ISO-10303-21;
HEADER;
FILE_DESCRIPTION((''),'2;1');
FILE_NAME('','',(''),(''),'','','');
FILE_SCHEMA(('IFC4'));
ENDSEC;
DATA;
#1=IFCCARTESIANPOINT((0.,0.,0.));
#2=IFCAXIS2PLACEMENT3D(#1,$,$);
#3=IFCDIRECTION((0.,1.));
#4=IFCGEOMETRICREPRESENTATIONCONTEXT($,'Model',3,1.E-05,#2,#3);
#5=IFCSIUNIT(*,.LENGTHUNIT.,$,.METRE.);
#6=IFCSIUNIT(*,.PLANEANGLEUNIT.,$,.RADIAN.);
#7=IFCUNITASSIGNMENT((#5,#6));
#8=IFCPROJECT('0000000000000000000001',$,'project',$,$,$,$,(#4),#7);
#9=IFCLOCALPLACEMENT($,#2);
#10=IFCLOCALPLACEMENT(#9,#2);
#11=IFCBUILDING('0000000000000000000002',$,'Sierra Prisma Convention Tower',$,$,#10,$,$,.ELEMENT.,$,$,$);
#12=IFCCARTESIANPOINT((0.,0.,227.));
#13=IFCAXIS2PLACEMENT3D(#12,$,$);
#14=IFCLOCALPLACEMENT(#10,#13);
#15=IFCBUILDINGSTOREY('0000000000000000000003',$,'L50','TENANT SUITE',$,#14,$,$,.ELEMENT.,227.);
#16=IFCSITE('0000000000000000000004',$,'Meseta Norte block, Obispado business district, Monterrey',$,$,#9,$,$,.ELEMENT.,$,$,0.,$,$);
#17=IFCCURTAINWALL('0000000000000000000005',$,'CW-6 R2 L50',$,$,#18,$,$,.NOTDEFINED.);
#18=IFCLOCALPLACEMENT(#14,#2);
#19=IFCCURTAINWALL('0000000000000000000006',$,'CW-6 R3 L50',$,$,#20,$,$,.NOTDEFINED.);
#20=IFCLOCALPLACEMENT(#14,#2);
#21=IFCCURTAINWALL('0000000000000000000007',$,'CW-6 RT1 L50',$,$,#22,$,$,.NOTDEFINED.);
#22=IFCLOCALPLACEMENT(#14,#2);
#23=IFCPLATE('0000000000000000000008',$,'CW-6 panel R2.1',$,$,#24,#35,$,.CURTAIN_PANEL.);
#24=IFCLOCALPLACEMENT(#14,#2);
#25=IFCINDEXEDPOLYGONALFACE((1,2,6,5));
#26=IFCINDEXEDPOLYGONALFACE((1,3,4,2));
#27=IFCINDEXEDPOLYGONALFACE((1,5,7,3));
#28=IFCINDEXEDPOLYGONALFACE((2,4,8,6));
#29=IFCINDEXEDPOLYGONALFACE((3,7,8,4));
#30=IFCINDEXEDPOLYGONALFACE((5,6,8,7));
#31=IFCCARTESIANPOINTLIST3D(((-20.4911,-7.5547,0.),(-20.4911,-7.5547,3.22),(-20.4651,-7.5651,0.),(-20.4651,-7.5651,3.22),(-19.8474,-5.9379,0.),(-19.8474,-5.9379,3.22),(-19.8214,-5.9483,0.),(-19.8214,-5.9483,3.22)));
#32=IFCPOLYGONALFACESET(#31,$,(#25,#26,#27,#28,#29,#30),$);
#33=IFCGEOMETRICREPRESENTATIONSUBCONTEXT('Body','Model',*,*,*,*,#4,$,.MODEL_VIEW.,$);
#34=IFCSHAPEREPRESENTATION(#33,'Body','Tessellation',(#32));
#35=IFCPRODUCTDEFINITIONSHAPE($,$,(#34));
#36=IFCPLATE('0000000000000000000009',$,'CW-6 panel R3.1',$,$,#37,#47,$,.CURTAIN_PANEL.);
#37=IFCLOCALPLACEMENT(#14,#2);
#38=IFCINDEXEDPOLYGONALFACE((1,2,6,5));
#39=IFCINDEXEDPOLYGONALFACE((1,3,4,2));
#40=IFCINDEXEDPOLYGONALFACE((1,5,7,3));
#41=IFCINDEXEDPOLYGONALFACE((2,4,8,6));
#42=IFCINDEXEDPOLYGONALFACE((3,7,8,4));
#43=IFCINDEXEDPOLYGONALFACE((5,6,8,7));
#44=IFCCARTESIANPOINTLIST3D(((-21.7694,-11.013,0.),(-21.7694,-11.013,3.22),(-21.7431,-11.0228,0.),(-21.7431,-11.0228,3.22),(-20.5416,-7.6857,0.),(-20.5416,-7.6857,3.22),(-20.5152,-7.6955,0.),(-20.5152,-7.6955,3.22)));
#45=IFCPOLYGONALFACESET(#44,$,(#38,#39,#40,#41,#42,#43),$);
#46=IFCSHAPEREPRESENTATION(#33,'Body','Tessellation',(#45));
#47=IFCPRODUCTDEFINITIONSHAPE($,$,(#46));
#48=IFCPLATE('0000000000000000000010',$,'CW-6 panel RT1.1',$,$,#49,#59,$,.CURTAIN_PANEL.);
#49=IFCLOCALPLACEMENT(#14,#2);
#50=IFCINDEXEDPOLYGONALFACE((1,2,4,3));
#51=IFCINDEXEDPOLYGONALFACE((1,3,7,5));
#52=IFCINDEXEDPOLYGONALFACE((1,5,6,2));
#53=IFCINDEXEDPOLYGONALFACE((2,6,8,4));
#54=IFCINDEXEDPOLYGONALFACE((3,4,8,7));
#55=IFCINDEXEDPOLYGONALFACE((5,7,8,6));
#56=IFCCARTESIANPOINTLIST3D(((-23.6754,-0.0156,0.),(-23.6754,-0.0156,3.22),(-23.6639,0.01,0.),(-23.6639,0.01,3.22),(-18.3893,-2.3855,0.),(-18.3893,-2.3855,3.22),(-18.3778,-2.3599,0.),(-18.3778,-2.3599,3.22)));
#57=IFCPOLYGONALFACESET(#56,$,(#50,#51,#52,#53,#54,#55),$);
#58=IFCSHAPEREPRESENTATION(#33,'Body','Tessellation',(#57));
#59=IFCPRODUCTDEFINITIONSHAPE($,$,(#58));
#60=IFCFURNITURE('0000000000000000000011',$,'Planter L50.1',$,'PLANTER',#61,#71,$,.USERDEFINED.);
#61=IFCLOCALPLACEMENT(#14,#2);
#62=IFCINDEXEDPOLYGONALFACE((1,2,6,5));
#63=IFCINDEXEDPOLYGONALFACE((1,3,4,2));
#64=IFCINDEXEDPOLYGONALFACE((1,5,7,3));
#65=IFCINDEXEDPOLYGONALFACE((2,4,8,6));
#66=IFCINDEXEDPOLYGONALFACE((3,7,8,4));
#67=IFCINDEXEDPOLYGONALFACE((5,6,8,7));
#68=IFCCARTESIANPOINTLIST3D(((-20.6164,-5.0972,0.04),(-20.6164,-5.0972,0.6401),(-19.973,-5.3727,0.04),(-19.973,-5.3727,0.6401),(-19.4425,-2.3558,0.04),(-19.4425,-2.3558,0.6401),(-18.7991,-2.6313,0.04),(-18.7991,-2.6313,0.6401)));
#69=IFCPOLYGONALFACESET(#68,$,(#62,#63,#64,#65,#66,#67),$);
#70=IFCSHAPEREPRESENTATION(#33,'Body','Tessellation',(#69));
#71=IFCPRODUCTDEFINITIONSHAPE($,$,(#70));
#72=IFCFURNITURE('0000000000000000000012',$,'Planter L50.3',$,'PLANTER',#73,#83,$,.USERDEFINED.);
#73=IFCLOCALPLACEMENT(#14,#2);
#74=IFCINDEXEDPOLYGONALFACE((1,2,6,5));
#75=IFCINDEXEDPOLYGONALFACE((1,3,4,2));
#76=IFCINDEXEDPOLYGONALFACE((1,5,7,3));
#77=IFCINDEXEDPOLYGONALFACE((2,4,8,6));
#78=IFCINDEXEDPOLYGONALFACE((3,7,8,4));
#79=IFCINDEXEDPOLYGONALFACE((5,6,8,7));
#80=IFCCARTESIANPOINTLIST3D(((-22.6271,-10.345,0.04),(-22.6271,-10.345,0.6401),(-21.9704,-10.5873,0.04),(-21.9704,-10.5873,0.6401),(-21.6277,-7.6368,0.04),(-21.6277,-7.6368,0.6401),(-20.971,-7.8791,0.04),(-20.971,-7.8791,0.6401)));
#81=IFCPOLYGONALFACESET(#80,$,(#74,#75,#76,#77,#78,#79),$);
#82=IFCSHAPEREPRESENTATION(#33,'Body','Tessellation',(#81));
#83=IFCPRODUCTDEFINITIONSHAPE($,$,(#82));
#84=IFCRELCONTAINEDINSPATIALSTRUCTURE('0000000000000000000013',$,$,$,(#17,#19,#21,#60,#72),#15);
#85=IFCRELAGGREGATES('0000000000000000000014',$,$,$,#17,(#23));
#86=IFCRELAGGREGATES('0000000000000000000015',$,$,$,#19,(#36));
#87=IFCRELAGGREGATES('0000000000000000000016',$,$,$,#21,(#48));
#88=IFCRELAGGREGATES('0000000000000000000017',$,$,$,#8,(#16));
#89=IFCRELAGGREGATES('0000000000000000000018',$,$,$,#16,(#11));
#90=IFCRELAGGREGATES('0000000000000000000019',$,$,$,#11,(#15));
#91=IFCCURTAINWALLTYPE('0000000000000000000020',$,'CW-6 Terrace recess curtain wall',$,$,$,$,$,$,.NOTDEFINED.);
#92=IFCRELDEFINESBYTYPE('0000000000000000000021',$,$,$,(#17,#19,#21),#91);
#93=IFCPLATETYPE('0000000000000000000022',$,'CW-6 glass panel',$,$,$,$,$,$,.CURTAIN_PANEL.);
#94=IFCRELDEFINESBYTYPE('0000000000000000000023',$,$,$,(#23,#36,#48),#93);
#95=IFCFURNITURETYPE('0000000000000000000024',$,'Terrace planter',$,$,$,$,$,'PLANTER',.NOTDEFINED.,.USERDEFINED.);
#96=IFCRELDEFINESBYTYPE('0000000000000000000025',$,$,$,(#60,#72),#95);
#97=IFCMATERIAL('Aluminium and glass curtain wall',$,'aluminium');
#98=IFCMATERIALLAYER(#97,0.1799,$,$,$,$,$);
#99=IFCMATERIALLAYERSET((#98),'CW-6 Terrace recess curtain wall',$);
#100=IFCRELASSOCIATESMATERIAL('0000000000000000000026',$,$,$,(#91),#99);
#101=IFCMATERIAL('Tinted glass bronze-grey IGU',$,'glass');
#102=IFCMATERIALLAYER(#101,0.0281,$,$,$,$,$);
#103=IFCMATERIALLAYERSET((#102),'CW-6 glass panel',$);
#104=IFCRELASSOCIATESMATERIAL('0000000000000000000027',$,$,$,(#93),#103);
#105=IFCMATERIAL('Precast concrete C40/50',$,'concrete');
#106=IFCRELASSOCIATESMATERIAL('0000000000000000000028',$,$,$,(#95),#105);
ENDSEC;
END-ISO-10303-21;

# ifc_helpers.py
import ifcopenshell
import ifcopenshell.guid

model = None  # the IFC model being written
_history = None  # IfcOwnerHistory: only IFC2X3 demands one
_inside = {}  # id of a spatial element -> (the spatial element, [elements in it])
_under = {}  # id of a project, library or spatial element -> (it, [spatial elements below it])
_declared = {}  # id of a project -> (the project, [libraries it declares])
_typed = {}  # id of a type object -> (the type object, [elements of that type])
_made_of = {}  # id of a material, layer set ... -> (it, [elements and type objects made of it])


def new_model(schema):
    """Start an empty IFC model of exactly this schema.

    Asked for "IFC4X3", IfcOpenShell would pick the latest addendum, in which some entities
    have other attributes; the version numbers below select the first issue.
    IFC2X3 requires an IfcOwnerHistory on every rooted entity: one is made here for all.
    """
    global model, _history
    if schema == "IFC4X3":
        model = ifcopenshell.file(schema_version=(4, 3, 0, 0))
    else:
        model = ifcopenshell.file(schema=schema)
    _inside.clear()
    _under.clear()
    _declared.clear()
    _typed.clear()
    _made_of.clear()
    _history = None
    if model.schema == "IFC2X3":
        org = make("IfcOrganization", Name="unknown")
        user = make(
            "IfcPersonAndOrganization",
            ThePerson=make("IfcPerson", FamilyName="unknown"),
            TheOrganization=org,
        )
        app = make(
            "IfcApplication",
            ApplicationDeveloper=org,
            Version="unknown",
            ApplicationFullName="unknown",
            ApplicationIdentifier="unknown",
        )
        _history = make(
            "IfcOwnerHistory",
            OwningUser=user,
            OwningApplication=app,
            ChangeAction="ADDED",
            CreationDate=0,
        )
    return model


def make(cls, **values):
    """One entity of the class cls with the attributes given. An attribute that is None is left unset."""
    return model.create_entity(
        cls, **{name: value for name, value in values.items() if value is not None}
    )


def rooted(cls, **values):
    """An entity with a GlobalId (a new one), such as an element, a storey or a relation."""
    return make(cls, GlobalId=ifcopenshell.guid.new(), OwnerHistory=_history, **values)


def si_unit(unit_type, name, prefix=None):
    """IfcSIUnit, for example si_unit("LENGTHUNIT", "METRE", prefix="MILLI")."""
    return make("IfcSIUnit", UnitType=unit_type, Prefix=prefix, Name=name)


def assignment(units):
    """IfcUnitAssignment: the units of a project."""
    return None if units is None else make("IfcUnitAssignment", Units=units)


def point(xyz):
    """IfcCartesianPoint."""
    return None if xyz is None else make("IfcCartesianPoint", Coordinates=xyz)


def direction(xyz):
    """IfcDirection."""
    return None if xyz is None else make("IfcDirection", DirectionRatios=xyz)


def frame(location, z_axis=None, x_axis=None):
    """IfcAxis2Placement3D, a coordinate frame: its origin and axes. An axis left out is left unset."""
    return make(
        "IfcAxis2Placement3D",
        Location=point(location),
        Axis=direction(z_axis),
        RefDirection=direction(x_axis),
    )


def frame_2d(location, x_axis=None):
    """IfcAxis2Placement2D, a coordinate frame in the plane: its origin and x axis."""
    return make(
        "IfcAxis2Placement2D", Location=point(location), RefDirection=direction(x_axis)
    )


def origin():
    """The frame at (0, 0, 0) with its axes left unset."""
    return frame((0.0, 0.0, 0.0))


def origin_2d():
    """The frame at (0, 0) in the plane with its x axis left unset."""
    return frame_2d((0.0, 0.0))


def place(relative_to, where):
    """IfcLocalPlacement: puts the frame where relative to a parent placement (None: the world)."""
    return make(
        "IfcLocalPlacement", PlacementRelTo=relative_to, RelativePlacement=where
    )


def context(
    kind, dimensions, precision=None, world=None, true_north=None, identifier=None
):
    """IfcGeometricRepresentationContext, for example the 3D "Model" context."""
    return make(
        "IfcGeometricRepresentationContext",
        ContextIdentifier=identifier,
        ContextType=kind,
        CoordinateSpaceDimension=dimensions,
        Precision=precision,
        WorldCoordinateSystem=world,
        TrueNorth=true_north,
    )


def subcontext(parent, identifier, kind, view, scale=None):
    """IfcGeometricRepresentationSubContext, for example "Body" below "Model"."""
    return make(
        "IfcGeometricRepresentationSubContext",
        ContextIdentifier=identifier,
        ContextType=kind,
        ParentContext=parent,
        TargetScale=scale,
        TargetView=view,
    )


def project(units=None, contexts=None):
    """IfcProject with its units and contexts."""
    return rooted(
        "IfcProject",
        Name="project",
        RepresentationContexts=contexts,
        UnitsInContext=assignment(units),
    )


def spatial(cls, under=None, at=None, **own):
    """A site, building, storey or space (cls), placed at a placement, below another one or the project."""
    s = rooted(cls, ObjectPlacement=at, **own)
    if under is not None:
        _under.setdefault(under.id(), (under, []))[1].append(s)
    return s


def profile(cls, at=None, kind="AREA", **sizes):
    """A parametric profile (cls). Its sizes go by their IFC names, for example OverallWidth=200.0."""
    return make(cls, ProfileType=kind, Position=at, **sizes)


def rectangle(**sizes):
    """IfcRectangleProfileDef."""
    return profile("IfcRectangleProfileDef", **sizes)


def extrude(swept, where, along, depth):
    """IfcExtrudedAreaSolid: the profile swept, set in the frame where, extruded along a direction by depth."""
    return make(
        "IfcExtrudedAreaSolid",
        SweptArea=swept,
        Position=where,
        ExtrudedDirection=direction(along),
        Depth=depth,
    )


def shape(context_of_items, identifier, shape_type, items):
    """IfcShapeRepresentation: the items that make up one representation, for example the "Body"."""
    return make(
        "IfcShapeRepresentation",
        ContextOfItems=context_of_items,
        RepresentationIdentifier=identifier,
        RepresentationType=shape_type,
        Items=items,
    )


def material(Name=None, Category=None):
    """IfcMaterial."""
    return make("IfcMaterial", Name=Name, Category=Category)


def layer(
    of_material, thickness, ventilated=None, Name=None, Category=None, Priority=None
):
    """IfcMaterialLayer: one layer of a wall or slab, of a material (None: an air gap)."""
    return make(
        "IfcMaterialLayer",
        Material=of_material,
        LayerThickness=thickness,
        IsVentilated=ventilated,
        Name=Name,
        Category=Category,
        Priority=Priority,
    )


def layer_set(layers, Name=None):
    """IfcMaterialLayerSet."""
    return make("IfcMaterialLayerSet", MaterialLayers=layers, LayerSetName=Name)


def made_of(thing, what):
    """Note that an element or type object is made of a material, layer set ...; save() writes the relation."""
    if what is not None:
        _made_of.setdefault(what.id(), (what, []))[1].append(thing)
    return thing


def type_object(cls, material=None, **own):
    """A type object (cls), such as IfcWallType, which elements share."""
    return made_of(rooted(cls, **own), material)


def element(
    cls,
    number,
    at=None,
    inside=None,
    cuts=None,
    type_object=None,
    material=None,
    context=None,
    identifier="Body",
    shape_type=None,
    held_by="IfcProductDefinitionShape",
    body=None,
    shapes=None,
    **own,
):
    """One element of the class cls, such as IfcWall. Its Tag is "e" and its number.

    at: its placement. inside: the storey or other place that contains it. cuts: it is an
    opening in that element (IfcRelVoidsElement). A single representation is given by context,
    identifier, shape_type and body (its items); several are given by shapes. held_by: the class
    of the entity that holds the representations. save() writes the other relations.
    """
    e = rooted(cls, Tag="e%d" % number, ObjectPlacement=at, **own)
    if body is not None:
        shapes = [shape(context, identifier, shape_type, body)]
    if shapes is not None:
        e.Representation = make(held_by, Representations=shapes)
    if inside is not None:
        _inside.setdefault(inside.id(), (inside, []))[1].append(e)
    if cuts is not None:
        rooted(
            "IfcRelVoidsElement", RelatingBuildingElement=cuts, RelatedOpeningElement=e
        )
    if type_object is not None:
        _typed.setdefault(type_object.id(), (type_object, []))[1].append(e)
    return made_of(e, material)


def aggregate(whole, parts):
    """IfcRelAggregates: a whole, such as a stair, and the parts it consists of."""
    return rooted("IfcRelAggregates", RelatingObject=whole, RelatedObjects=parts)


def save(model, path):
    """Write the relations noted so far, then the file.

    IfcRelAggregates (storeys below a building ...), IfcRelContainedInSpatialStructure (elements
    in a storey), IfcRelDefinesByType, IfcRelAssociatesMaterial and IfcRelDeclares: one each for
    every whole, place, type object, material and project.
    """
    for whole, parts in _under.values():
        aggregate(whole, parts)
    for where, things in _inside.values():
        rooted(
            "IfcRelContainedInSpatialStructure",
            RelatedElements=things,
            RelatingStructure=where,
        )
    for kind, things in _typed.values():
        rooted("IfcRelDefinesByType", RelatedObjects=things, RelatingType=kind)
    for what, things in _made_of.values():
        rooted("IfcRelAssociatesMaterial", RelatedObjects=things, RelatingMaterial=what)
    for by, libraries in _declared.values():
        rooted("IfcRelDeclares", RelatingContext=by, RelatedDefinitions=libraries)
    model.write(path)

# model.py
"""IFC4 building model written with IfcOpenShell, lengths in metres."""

from ifc_helpers import new_model, si_unit, direction, frame, origin, origin_2d, place, context, subcontext, project, spatial, rectangle, extrude, material, layer, layer_set, type_object, element, aggregate, save


model = new_model("IFC4")

# Units and contexts
model_context = context("Model", 3, precision=1e-05, world=origin(), true_north=direction((0.0, 1.0)))
body_context = subcontext(model_context, "Body", "Model", "MODEL_VIEW")
ifc_project = project(units=[si_unit("LENGTHUNIT", "METRE"), si_unit("PLANEANGLEUNIT", "RADIAN")], contexts=[model_context])

# Site, building, storey
site_placement = place(None, origin())
site = spatial("IfcSite", under=ifc_project, at=site_placement, Name="Meseta Norte block, Obispado business district, Monterrey", CompositionType="ELEMENT", RefElevation=0.0)
building_placement = place(site_placement, origin())
building = spatial("IfcBuilding", under=site, at=building_placement, Name="Sierra Prisma Convention Tower", CompositionType="ELEMENT")
storey_placement = place(building_placement, frame((0.0, 0.0, 227.0)))
storey = spatial("IfcBuildingStorey", under=building, at=storey_placement, Name="L50", Description="TENANT SUITE", CompositionType="ELEMENT", Elevation=227.0)

# Curtain walls
ifc_material_1 = material(Name="Aluminium and glass curtain wall", Category="aluminium")
ifc_layer_1 = layer(ifc_material_1, 0.1799)
ifc_layer_set_1 = layer_set([ifc_layer_1], Name="CW-6 Terrace recess curtain wall")
curtain_wall_type_1 = type_object("IfcCurtainWallType", Name="CW-6 Terrace recess curtain wall", PredefinedType="NOTDEFINED", material=ifc_layer_set_1)
curtain_wall_1_placement = place(storey_placement, origin())
curtain_wall_1 = element("IfcCurtainWall", 1, at=curtain_wall_1_placement, inside=storey, type_object=curtain_wall_type_1, Name="CW-6 R2 L50", PredefinedType="NOTDEFINED")
curtain_wall_2_placement = place(storey_placement, origin())
curtain_wall_2 = element("IfcCurtainWall", 2, at=curtain_wall_2_placement, inside=storey, type_object=curtain_wall_type_1, Name="CW-6 R3 L50", PredefinedType="NOTDEFINED")
curtain_wall_3_placement = place(storey_placement, origin())
curtain_wall_3 = element("IfcCurtainWall", 3, at=curtain_wall_3_placement, inside=storey, type_object=curtain_wall_type_1, Name="CW-6 RT1 L50", PredefinedType="NOTDEFINED")

# Plates
ifc_material_2 = material(Name="Tinted glass bronze-grey IGU", Category="glass")
ifc_layer_2 = layer(ifc_material_2, 0.0281)
ifc_layer_set_2 = layer_set([ifc_layer_2], Name="CW-6 glass panel")
plate_type = type_object("IfcPlateType", Name="CW-6 glass panel", PredefinedType="CURTAIN_PANEL", material=ifc_layer_set_2)
plate_1_placement = place(storey_placement, frame((-20.1562, -6.7515, 0.0), z_axis=(0.0, 0.0, 1.0), x_axis=(-0.369895, -0.929074, 0.0)))
plate_1 = element("IfcPlate", 4, at=plate_1_placement, type_object=plate_type, Name="CW-6 panel R2.1", PredefinedType="CURTAIN_PANEL", context=body_context, shape_type="SweptSolid", body=[
    extrude(rectangle(XDim=1.7402, YDim=0.0281, at=origin_2d()), origin(), (0.0, 0.0, 1.0), 3.22),
])
aggregate(curtain_wall_1, [plate_1])
plate_2_placement = place(storey_placement, frame((-21.1423, -9.3542, 0.0), z_axis=(0.0, 0.0, 1.0), x_axis=(-0.346212, -0.938156, 0.0)))
plate_2 = element("IfcPlate", 5, at=plate_2_placement, type_object=plate_type, Name="CW-6 panel R3.1", PredefinedType="CURTAIN_PANEL", context=body_context, shape_type="SweptSolid", body=[
    extrude(rectangle(XDim=3.5466, YDim=0.0281, at=origin_2d()), origin(), (0.0, 0.0, 1.0), 3.22),
])
aggregate(curtain_wall_2, [plate_2])
plate_3_placement = place(storey_placement, frame((-21.0266, -1.1877, 0.0), z_axis=(0.0, 0.0, 1.0), x_axis=(0.912494, -0.409089, 0.0)))
plate_3 = element("IfcPlate", 6, at=plate_3_placement, type_object=plate_type, Name="CW-6 panel RT1.1", PredefinedType="CURTAIN_PANEL", context=body_context, shape_type="SweptSolid", body=[
    extrude(rectangle(XDim=5.793, YDim=0.0281, at=origin_2d()), origin(), (0.0, 0.0, 1.0), 3.22),
])
aggregate(curtain_wall_3, [plate_3])

# Furniture
ifc_material_3 = material(Name="Precast concrete C40/50", Category="concrete")
furniture_type = type_object("IfcFurnitureType", Name="Terrace planter", ElementType="PLANTER", AssemblyPlace="NOTDEFINED", PredefinedType="USERDEFINED", material=ifc_material_3)
furniture_1_placement = place(storey_placement, frame((-19.7078, -3.8643, 0.04), z_axis=(0.0, 0.0, 1.0), x_axis=(-0.393634, -0.919267, 0.0)))
element("IfcFurniture", 7, at=furniture_1_placement, inside=storey, type_object=furniture_type, Name="Planter L50.1", ObjectType="PLANTER", PredefinedType="USERDEFINED", context=body_context, shape_type="SweptSolid", body=[
    extrude(rectangle(XDim=2.9822, YDim=0.7, at=origin_2d()), origin(), (0.0, 0.0, 1.0), 0.6001),
])
furniture_2_placement = place(storey_placement, frame((-21.7991, -9.1121, 0.04), z_axis=(0.0, 0.0, 1.0), x_axis=(-0.346212, -0.938156, 0.0)))
element("IfcFurniture", 8, at=furniture_2_placement, inside=storey, type_object=furniture_type, Name="Planter L50.3", ObjectType="PLANTER", PredefinedType="USERDEFINED", context=body_context, shape_type="SweptSolid", body=[
    extrude(rectangle(XDim=2.8867, YDim=0.7, at=origin_2d()), origin(), (0.0, 0.0, 1.0), 0.6001),
])

save(model, "model.ifc")
